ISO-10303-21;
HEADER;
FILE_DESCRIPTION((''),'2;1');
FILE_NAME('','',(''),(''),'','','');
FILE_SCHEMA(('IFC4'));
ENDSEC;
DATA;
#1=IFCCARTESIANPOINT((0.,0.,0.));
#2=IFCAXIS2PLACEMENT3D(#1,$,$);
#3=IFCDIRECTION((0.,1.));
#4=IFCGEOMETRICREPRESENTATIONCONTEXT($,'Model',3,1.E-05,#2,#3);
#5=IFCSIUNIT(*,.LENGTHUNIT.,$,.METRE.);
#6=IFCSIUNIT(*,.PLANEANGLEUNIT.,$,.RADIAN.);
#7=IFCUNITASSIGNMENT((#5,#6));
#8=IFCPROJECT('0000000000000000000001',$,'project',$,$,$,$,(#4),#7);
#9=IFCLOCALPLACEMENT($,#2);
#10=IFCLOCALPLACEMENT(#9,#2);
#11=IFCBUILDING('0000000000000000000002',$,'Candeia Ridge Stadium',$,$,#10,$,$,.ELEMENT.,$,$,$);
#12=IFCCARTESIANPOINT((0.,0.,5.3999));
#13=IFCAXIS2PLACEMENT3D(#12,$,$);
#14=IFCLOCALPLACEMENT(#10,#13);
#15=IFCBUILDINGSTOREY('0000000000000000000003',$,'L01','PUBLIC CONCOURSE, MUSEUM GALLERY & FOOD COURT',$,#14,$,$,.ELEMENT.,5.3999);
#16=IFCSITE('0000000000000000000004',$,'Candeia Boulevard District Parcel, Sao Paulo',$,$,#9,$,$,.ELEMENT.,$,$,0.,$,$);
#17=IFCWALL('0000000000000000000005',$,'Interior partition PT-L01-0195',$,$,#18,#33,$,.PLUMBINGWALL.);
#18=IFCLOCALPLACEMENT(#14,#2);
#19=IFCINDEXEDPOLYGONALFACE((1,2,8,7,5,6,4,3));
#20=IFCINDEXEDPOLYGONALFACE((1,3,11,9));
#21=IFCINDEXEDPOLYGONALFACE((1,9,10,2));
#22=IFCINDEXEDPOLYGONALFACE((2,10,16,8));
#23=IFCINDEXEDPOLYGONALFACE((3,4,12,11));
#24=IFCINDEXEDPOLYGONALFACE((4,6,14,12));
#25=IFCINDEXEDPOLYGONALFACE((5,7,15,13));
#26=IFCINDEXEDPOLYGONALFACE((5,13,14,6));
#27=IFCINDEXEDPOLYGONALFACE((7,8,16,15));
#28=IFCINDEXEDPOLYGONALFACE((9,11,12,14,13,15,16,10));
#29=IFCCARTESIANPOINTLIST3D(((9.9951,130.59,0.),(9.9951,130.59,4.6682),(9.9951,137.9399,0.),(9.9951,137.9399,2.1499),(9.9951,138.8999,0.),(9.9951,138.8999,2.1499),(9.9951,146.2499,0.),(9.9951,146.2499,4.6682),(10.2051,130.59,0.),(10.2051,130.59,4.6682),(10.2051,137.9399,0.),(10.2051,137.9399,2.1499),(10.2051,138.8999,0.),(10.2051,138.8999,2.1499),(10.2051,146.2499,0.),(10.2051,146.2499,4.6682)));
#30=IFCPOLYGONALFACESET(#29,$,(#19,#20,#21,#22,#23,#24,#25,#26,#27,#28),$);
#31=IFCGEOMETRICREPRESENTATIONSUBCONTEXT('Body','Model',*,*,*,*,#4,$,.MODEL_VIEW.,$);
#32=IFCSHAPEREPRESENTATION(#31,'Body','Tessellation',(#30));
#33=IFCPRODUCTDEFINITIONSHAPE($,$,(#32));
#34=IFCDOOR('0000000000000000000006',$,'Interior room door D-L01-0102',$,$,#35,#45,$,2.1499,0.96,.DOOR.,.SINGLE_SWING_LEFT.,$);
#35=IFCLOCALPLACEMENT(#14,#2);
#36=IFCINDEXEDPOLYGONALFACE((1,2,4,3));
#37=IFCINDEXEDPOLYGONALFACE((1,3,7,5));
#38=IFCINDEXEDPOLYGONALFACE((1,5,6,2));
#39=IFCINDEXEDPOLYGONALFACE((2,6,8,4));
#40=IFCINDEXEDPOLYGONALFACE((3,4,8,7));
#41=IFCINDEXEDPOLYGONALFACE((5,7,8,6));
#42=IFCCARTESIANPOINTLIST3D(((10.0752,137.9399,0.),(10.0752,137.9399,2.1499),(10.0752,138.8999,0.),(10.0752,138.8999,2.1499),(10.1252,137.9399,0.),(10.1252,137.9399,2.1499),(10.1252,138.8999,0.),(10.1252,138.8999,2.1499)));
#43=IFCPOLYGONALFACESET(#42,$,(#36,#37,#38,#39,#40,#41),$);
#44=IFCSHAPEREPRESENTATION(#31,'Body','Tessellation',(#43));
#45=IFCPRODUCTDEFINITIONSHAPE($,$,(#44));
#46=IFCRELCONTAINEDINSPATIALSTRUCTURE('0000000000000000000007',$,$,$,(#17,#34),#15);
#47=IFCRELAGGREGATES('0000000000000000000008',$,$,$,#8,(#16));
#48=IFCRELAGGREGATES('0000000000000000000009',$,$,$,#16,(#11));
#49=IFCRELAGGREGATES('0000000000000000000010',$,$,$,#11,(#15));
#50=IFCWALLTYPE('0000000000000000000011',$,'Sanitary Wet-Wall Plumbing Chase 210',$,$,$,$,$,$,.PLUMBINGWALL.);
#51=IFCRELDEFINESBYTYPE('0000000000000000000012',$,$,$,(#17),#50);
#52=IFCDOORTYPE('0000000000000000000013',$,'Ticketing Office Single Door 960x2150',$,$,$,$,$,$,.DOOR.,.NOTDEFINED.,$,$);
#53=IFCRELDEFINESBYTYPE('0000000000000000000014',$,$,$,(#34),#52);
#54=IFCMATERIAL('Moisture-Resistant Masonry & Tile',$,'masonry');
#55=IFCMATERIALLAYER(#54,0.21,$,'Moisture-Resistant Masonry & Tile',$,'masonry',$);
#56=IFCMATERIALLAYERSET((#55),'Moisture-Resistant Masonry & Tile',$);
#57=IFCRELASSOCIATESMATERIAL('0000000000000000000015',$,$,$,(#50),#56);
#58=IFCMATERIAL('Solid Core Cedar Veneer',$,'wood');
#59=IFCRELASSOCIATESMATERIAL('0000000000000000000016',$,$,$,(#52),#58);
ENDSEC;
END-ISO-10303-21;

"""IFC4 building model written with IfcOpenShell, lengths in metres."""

from ifc_helpers import new_model, si_unit, direction, frame, frame_2d, origin, place, context, subcontext, project, spatial, rectangle, extrude, material, layer, layer_set, type_object, element, fill, save


model = new_model("IFC4")

# Units and contexts
model_context = context("Model", 3, precision=1e-05, world=origin(), true_north=direction((0.0, 1.0)))
body_context = subcontext(model_context, "Body", "Model", "MODEL_VIEW")
ifc_project = project(units=[si_unit("LENGTHUNIT", "METRE"), si_unit("PLANEANGLEUNIT", "RADIAN")], contexts=[model_context])

# Site, building, storey
site_placement = place(None, origin())
site = spatial("IfcSite", under=ifc_project, at=site_placement, Name="Candeia Boulevard District Parcel, Sao Paulo", CompositionType="ELEMENT", RefElevation=0.0)
building_placement = place(site_placement, origin())
building = spatial("IfcBuilding", under=site, at=building_placement, Name="Candeia Ridge Stadium", CompositionType="ELEMENT")
storey_placement = place(building_placement, frame((0.0, 0.0, 5.3999)))
storey = spatial("IfcBuildingStorey", under=building, at=storey_placement, Name="L01", Description="PUBLIC CONCOURSE, MUSEUM GALLERY & FOOD COURT", CompositionType="ELEMENT", Elevation=5.3999)

# Wall, opening, door
ifc_material_1 = material(Name="Moisture-Resistant Masonry & Tile", Category="masonry")
ifc_layer = layer(ifc_material_1, 0.21, Name="Moisture-Resistant Masonry & Tile", Category="masonry")
ifc_layer_set = layer_set([ifc_layer], Name="Moisture-Resistant Masonry & Tile")
wall_type = type_object("IfcWallType", Name="Sanitary Wet-Wall Plumbing Chase 210", PredefinedType="PLUMBINGWALL", material=ifc_layer_set)
wall_placement = place(storey_placement, frame((10.1001, 146.25, 0.0), z_axis=(0.0, 0.0, 1.0), x_axis=(0.0, -1.0, 0.0)))
wall = element("IfcWall", 1, at=wall_placement, inside=storey, type_object=wall_type, Name="Interior partition PT-L01-0195", PredefinedType="PLUMBINGWALL", context=body_context, shape_type="SweptSolid", body=[
    extrude(rectangle(XDim=15.6599, YDim=0.21, at=frame_2d((7.8301, 0.0))), origin(), (0.0, 0.0, 1.0), 4.6682),
])
opening_placement = place(wall_placement, frame((7.3501, 0.0, 0.0)))
opening = element("IfcOpeningElement", 2, at=opening_placement, cuts=wall, PredefinedType="OPENING", context=body_context, shape_type="SweptSolid", body=[
    extrude(rectangle(XDim=0.96, YDim=2.1499, at=frame_2d((0.48, 1.075))), frame((0.0, 0.115, 0.0), z_axis=(0.0, -1.0, 0.0), x_axis=(1.0, 0.0, 0.0)), (0.0, 0.0, 1.0), 0.23),
])
ifc_material_2 = material(Name="Solid Core Cedar Veneer", Category="wood")
door_type = type_object("IfcDoorType", Name="Ticketing Office Single Door 960x2150", OperationType="NOTDEFINED", PredefinedType="DOOR", material=ifc_material_2)
door_placement = place(opening_placement, frame((0.96, 0.0, 0.0), z_axis=(0.0, 0.0, 1.0), x_axis=(-1.0, 0.0, 0.0)))
door = element("IfcDoor", 3, at=door_placement, inside=storey, type_object=door_type, Name="Interior room door D-L01-0102", OperationType="SINGLE_SWING_LEFT", OverallHeight=2.1499, OverallWidth=0.96, PredefinedType="DOOR", context=body_context, shape_type="SweptSolid", body=[
    extrude(rectangle(XDim=0.96, YDim=2.1499, at=frame_2d((0.48, 1.075))), frame((0.0, 0.0249, 0.0), z_axis=(0.0, -1.0, 0.0), x_axis=(1.0, 0.0, 0.0)), (0.0, 0.0, 1.0), 0.05),
])
fill(opening, door)

save(model, "model.ifc")
